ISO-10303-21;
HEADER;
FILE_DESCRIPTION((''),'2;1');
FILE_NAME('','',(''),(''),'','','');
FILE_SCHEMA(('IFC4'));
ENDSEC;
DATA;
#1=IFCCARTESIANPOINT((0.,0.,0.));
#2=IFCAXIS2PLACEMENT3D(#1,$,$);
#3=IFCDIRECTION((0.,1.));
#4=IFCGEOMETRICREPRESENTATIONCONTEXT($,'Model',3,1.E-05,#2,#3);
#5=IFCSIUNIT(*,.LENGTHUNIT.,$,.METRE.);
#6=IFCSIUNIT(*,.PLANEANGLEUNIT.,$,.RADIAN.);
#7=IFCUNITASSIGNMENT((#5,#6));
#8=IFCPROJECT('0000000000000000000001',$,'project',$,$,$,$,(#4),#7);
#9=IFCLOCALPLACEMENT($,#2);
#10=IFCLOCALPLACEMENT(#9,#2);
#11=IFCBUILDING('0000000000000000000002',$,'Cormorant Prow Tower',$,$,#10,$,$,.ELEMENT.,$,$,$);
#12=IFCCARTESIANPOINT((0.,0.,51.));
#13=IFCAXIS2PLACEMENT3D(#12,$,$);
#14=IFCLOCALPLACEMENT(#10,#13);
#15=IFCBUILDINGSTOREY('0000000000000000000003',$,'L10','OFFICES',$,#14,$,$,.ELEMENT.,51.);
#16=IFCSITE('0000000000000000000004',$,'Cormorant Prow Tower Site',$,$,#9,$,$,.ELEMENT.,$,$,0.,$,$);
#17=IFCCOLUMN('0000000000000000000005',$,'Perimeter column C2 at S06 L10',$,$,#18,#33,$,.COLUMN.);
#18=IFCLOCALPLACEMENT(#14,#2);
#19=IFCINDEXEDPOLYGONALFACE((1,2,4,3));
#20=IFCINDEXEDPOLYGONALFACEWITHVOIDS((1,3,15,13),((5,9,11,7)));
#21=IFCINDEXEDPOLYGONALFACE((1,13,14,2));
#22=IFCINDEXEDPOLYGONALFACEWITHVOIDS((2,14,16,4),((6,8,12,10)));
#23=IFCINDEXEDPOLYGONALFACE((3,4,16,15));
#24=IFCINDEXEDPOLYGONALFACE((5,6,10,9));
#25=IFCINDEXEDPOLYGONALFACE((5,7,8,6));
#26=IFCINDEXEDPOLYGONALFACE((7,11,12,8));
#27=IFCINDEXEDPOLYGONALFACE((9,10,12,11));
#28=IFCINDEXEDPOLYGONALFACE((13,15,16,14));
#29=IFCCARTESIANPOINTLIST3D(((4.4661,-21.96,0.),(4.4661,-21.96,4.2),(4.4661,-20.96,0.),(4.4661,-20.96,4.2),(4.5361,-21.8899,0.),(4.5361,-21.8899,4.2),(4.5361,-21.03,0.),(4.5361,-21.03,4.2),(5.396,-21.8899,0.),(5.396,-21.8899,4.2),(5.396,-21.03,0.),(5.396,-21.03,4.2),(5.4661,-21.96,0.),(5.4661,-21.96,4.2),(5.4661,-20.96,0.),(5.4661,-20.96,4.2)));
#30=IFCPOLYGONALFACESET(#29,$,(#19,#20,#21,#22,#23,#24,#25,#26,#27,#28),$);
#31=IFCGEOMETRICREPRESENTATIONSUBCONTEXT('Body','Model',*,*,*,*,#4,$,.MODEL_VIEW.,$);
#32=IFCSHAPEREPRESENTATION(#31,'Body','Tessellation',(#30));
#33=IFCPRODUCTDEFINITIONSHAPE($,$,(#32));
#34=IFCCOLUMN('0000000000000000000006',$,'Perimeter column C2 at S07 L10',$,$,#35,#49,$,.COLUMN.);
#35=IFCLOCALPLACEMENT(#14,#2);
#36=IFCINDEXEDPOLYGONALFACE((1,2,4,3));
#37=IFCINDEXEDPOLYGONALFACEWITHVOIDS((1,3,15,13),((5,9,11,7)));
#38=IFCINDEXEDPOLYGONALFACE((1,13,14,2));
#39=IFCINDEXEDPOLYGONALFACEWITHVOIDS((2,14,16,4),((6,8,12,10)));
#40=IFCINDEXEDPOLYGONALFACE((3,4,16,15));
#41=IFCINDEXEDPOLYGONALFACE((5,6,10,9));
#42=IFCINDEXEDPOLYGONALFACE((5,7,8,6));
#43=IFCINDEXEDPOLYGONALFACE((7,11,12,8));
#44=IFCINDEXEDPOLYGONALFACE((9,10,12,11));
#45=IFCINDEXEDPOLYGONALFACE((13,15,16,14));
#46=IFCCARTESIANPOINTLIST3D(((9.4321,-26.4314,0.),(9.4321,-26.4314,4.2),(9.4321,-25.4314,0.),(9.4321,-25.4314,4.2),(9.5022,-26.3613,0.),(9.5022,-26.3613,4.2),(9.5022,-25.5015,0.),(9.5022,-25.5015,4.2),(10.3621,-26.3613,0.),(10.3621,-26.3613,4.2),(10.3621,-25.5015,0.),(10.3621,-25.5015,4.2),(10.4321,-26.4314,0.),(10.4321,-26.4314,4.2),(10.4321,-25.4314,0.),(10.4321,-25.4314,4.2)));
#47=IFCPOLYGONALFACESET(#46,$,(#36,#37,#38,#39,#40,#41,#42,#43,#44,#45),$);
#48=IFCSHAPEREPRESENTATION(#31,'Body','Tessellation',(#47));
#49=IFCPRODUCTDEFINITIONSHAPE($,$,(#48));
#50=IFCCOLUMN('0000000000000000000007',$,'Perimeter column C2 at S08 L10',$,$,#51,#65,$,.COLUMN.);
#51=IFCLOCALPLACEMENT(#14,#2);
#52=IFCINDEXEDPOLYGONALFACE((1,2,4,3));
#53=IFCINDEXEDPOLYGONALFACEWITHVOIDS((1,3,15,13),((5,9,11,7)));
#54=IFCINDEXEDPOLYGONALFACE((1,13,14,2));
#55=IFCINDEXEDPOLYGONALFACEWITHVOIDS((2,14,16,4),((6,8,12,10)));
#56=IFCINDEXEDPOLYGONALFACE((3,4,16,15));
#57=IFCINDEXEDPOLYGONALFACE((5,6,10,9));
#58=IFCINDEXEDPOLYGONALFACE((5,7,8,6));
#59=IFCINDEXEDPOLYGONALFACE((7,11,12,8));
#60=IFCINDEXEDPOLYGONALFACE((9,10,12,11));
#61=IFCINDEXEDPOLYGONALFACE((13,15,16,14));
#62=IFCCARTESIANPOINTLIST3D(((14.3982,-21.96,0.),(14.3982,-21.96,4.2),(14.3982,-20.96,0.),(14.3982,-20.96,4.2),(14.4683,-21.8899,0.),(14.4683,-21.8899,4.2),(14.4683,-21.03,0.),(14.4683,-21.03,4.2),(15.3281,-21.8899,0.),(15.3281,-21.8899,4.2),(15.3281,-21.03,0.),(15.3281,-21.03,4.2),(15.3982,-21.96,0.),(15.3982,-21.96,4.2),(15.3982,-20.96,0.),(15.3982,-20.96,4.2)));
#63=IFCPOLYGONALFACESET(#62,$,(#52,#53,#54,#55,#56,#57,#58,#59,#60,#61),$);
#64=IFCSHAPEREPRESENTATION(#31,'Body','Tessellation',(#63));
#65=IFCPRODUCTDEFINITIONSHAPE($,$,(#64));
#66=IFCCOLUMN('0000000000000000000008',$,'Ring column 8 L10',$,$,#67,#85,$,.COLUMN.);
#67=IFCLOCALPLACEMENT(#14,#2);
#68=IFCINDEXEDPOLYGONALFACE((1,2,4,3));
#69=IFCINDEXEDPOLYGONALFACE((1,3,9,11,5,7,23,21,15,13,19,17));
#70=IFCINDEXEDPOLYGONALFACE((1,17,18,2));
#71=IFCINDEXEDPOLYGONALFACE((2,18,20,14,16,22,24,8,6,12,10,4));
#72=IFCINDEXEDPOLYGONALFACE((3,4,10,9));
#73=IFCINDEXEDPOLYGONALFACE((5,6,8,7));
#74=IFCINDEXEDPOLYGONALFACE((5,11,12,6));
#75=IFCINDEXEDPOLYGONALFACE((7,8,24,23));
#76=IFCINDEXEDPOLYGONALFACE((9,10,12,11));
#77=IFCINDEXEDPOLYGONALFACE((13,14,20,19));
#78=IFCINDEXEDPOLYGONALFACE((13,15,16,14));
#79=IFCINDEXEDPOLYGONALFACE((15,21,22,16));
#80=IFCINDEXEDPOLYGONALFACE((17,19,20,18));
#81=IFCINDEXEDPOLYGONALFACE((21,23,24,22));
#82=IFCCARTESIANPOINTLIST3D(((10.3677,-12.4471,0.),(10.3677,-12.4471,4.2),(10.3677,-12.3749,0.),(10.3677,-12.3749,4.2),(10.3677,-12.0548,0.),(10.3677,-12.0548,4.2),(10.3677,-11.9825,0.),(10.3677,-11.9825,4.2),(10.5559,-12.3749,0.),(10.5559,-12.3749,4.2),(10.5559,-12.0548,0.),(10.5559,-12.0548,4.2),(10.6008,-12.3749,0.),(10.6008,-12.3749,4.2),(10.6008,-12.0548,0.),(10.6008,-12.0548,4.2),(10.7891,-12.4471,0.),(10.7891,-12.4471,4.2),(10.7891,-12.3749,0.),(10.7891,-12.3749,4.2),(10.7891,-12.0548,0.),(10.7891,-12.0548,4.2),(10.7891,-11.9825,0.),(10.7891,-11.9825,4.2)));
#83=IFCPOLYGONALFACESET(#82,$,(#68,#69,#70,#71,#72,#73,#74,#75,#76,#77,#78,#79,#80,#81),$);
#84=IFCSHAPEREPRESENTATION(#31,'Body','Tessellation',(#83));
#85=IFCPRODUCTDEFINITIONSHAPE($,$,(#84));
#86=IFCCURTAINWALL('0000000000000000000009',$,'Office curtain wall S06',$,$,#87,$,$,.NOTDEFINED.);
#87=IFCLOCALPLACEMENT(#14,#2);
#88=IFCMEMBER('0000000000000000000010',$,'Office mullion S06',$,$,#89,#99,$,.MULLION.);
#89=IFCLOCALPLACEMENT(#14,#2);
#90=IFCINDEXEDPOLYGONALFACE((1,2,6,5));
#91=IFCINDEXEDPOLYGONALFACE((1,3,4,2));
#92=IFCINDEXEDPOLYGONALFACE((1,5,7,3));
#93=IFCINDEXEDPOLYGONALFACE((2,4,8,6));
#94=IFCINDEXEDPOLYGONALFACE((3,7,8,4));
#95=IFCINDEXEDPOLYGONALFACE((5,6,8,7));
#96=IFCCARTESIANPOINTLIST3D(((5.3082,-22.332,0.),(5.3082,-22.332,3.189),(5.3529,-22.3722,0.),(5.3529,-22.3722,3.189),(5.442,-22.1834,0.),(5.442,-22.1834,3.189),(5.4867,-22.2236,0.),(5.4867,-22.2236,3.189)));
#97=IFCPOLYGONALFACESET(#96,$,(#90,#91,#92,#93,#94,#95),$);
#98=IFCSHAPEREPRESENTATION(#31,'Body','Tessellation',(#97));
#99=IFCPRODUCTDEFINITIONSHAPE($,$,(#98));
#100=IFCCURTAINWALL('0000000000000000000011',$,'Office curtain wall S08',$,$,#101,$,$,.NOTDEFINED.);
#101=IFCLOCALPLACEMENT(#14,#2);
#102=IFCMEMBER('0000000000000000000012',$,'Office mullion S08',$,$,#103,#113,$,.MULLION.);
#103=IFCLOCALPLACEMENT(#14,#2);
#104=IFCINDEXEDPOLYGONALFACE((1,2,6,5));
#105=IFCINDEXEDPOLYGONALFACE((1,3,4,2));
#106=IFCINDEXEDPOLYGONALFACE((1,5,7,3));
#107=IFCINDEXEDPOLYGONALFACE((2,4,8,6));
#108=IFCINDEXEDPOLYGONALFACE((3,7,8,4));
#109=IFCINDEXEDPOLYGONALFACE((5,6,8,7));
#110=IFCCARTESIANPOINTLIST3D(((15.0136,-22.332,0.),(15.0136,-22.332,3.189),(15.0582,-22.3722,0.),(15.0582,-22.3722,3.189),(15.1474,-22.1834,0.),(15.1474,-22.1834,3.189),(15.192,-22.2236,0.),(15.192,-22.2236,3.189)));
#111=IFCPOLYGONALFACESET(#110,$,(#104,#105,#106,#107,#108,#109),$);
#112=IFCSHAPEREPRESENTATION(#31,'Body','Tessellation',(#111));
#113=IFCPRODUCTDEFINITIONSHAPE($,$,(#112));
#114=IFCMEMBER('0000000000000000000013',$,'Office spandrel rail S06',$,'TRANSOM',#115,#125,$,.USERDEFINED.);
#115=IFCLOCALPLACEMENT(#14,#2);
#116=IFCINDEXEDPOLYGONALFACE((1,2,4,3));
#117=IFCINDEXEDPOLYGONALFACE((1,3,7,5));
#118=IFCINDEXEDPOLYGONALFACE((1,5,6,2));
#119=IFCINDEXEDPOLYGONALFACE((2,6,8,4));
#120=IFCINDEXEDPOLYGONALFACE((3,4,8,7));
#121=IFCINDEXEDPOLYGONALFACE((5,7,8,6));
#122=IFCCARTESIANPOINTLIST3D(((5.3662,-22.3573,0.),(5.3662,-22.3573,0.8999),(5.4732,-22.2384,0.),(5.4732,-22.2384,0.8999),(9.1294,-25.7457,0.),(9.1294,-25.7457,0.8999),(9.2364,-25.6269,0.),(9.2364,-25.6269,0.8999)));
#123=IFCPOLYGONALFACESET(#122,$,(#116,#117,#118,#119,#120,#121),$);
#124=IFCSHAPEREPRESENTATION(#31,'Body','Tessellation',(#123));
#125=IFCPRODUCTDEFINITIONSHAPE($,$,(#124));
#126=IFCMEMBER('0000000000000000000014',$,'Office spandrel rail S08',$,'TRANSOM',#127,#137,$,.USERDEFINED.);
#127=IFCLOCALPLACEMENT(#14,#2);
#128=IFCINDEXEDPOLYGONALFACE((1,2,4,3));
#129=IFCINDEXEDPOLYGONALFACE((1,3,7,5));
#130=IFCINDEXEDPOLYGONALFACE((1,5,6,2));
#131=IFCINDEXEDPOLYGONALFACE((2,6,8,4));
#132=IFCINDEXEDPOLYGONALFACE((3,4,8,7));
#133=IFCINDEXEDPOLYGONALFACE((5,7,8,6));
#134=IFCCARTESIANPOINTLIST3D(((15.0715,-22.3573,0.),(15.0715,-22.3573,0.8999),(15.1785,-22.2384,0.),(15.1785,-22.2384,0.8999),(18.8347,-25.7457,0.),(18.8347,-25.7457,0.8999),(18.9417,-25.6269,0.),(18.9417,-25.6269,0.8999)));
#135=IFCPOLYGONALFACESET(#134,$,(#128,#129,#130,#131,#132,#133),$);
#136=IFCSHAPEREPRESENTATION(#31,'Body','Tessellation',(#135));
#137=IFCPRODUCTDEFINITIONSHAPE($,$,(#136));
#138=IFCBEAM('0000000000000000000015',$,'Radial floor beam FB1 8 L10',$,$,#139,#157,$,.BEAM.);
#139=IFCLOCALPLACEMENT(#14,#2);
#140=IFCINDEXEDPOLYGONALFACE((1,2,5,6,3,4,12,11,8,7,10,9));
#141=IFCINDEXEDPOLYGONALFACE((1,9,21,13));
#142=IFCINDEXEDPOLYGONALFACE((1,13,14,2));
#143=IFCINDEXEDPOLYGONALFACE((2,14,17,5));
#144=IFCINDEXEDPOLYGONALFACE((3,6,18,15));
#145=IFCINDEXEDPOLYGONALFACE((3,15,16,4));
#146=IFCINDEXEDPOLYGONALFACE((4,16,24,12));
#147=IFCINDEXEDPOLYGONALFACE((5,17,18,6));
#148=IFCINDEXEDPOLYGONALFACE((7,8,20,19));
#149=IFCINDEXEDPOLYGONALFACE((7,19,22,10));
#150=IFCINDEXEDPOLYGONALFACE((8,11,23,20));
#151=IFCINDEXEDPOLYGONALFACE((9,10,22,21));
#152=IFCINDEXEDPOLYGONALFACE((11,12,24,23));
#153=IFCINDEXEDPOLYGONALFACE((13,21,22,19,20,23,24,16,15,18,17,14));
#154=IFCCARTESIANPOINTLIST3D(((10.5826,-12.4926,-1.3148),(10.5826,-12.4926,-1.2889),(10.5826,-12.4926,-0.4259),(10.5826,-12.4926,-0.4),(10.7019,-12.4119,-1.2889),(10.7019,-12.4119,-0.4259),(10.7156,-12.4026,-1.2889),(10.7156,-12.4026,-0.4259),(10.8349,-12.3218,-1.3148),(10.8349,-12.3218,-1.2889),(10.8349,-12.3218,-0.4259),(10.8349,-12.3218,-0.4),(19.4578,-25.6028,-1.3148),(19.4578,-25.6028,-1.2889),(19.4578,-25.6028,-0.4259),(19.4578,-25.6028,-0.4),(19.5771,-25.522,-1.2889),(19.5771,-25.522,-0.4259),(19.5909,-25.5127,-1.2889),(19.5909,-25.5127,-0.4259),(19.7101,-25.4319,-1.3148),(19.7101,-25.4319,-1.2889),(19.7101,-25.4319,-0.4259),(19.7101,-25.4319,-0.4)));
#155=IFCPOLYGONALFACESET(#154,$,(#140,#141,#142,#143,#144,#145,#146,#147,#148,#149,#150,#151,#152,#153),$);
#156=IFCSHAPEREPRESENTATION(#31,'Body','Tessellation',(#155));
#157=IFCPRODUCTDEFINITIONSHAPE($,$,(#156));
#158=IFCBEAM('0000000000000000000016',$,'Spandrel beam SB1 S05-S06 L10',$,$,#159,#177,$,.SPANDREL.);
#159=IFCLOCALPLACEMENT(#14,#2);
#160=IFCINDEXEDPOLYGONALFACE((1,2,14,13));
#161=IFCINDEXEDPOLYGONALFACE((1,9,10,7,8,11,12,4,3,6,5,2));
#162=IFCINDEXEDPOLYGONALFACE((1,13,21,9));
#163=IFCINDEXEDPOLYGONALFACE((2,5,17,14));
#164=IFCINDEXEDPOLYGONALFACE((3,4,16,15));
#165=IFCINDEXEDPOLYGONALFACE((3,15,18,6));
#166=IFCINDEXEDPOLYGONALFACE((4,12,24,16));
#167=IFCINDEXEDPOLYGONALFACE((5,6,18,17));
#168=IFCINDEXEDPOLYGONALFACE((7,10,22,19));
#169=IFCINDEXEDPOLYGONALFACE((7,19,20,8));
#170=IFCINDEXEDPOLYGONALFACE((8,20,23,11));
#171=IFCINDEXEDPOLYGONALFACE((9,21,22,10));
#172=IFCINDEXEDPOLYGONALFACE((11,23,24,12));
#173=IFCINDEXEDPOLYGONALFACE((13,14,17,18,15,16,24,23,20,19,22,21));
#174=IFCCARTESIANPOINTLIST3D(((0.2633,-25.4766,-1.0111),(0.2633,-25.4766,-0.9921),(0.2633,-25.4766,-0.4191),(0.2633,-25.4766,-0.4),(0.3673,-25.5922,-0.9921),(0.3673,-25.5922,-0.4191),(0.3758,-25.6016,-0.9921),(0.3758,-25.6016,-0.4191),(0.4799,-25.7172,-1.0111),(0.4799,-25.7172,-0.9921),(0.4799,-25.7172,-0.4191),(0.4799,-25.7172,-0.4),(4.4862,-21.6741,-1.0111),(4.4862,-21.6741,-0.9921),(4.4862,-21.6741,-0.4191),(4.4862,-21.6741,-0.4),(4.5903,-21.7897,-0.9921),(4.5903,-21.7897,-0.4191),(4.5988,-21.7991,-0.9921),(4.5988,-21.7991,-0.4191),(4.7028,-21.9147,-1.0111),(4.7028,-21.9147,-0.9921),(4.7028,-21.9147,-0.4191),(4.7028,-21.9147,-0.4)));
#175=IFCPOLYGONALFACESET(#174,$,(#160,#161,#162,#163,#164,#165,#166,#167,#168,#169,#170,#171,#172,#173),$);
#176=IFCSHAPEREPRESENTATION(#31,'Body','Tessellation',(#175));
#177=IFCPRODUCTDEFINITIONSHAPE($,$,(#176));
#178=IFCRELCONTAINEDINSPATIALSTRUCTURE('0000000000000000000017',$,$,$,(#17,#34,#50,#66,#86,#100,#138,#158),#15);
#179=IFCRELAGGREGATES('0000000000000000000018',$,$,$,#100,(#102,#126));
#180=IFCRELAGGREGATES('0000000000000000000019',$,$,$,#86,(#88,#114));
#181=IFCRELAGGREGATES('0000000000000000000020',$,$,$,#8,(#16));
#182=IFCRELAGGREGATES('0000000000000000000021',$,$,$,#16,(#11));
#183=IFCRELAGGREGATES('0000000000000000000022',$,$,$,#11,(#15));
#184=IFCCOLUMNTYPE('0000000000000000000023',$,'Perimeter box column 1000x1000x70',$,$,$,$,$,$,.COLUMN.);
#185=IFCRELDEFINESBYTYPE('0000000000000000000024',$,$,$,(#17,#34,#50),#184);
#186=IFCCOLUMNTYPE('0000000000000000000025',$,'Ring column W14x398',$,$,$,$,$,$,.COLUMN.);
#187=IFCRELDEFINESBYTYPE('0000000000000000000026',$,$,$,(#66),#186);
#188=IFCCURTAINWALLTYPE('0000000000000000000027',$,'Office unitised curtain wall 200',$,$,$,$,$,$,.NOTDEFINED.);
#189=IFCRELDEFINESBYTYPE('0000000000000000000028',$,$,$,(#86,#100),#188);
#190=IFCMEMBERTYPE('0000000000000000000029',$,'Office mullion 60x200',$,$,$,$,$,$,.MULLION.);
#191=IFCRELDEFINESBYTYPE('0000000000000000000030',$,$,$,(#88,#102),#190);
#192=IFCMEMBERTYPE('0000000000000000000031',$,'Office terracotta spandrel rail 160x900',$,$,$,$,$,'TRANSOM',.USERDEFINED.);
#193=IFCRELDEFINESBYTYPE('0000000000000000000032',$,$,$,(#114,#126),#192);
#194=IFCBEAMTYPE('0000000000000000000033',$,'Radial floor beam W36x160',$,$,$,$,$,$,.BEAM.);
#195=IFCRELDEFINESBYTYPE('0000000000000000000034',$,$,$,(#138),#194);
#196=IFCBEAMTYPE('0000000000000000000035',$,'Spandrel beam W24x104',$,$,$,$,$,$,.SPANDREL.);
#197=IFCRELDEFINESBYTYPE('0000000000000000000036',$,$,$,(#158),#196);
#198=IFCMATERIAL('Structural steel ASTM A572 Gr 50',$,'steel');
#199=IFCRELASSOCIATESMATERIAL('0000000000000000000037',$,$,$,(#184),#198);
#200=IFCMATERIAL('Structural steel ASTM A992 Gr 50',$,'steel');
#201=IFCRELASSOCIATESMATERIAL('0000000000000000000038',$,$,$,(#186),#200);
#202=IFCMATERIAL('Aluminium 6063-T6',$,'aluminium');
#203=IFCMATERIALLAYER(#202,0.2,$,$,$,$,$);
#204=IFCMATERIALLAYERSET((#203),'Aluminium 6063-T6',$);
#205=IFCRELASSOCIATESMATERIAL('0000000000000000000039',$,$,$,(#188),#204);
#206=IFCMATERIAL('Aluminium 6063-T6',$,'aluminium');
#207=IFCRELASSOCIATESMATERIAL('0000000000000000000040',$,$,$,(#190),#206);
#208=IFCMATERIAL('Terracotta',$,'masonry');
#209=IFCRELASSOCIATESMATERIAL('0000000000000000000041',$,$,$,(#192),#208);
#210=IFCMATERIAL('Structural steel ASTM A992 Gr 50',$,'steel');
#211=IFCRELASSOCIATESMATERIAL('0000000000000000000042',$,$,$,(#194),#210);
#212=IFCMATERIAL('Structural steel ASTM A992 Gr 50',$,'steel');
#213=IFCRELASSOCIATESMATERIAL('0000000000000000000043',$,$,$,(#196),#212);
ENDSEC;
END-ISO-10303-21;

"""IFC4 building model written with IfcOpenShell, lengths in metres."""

from ifc_helpers import new_model, si_unit, direction, frame, origin, origin_2d, place, context, subcontext, project, spatial, rectangle, hollow_rectangle, i_section, extrude, material, layer, layer_set, material_profile, profile_set, type_object, element, aggregate, save


model = new_model("IFC4")

# Units and contexts
model_context = context("Model", 3, precision=1e-05, world=origin(), true_north=direction((0.0, 1.0)))
body_context = subcontext(model_context, "Body", "Model", "MODEL_VIEW")
ifc_project = project(units=[si_unit("LENGTHUNIT", "METRE"), si_unit("PLANEANGLEUNIT", "RADIAN")], contexts=[model_context])

# Site, building, storey
site_placement = place(None, origin())
site = spatial("IfcSite", under=ifc_project, at=site_placement, Name="Cormorant Prow Tower Site", CompositionType="ELEMENT", RefElevation=0.0)
building_placement = place(site_placement, origin())
building = spatial("IfcBuilding", under=site, at=building_placement, Name="Cormorant Prow Tower", CompositionType="ELEMENT")
storey_placement = place(building_placement, frame((0.0, 0.0, 51.0)))
storey = spatial("IfcBuildingStorey", under=building, at=storey_placement, Name="L10", Description="OFFICES", CompositionType="ELEMENT", Elevation=51.0)

# Columns
ifc_material_1 = material(Name="Structural steel ASTM A572 Gr 50", Category="steel")
ifc_material_profile_1 = material_profile(ifc_material_1, hollow_rectangle(XDim=1.0, YDim=1.0, WallThickness=0.0701, at=origin_2d()), Name="Box 1000x1000x70")
ifc_profile_set_1 = profile_set([ifc_material_profile_1], Name="Structural steel ASTM A572 Gr 50")
column_type_1 = type_object("IfcColumnType", Name="Perimeter box column 1000x1000x70", PredefinedType="COLUMN", material=ifc_profile_set_1)
for number, where, z_axis, x_axis, name in (
    (1, (4.9661, -21.46, 0.0), (0.0, 0.0, 1.0), (1.0, 0.0, 0.0), "Perimeter column C2 at S06 L10"),
    (2, (9.9321, -25.9314, 0.0), (0.0, 0.0, 1.0), (1.0, 0.0, 0.0), "Perimeter column C2 at S07 L10"),
    (3, (14.8982, -21.46, 0.0), (0.0, 0.0, 1.0), (1.0, 0.0, 0.0), "Perimeter column C2 at S08 L10"),
):
    element("IfcColumn", number, at=place(storey_placement, frame(where, z_axis=z_axis, x_axis=x_axis)), inside=storey, type_object=column_type_1, Name=name, PredefinedType="COLUMN", context=body_context, shape_type="SweptSolid", body=[
        extrude(hollow_rectangle(XDim=1.0, YDim=1.0, WallThickness=0.0701, at=origin_2d()), origin(), (0.0, 0.0, 1.0), 4.2),
    ])
ifc_material_2 = material(Name="Structural steel ASTM A992 Gr 50", Category="steel")
ifc_material_profile_2 = material_profile(ifc_material_2, i_section(OverallWidth=0.4214, OverallDepth=0.4646, WebThickness=0.0449, FlangeThickness=0.0723, at=origin_2d()), Name="W14x398")
ifc_profile_set_2 = profile_set([ifc_material_profile_2], Name="Structural steel ASTM A992 Gr 50")
column_type_2 = type_object("IfcColumnType", Name="Ring column W14x398", PredefinedType="COLUMN", material=ifc_profile_set_2)
column_placement = place(storey_placement, frame((10.5784, -12.2148, 0.0), z_axis=(0.0, 0.0, 1.0), x_axis=(1.0, 0.0, 0.0)))
element("IfcColumn", 4, at=column_placement, inside=storey, type_object=column_type_2, Name="Ring column 8 L10", PredefinedType="COLUMN", context=body_context, shape_type="SweptSolid", body=[
    extrude(i_section(OverallWidth=0.4214, OverallDepth=0.4646, WebThickness=0.0449, FlangeThickness=0.0723, at=origin_2d()), origin(), (0.0, 0.0, 1.0), 4.2),
])

# Curtain walls, members
ifc_material_3 = material(Name="Aluminium 6063-T6", Category="aluminium")
ifc_layer_1 = layer(ifc_material_3, 0.2)
ifc_layer_set_1 = layer_set([ifc_layer_1], Name="Aluminium 6063-T6")
curtain_wall_type = type_object("IfcCurtainWallType", Name="Office unitised curtain wall 200", PredefinedType="NOTDEFINED", material=ifc_layer_set_1)
curtain_wall_1_placement = place(storey_placement, origin())
curtain_wall_1 = element("IfcCurtainWall", 5, at=curtain_wall_1_placement, inside=storey, type_object=curtain_wall_type, Name="Office curtain wall S06", PredefinedType="NOTDEFINED")
ifc_material_4 = material(Name="Aluminium 6063-T6", Category="aluminium")
ifc_material_profile_3 = material_profile(ifc_material_4, rectangle(XDim=0.2, YDim=0.0601, at=origin_2d()), Name="Office mullion 60x200")
ifc_profile_set_3 = profile_set([ifc_material_profile_3], Name="Aluminium 6063-T6")
member_type_1 = type_object("IfcMemberType", Name="Office mullion 60x200", PredefinedType="MULLION", material=ifc_profile_set_3)
member_1_placement = place(storey_placement, frame((5.3975, -22.2778, 0.0), z_axis=(0.0, 0.0, 1.0), x_axis=(0.669131, 0.743145, 0.0)))
member_1 = element("IfcMember", 6, at=member_1_placement, type_object=member_type_1, Name="Office mullion S06", PredefinedType="MULLION", context=body_context, shape_type="SweptSolid", body=[
    extrude(rectangle(XDim=0.2, YDim=0.0601, at=origin_2d()), origin(), (0.0, 0.0, 1.0), 3.189),
])
curtain_wall_2_placement = place(storey_placement, origin())
curtain_wall_2 = element("IfcCurtainWall", 7, at=curtain_wall_2_placement, inside=storey, type_object=curtain_wall_type, Name="Office curtain wall S08", PredefinedType="NOTDEFINED")
member_2_placement = place(storey_placement, frame((15.1028, -22.2778, 0.0), z_axis=(0.0, 0.0, 1.0), x_axis=(0.669131, 0.743145, 0.0)))
member_2 = element("IfcMember", 8, at=member_2_placement, type_object=member_type_1, Name="Office mullion S08", PredefinedType="MULLION", context=body_context, shape_type="SweptSolid", body=[
    extrude(rectangle(XDim=0.2, YDim=0.0601, at=origin_2d()), origin(), (0.0, 0.0, 1.0), 3.189),
])

# Members
ifc_material_5 = material(Name="Terracotta", Category="masonry")
ifc_material_profile_4 = material_profile(ifc_material_5, rectangle(XDim=0.1599, YDim=0.8999, at=origin_2d()), Name="Office terracotta spandrel rail 160x900")
ifc_profile_set_4 = profile_set([ifc_material_profile_4], Name="Terracotta")
member_type_2 = type_object("IfcMemberType", Name="Office terracotta spandrel rail 160x900", ElementType="TRANSOM", PredefinedType="USERDEFINED", material=ifc_profile_set_4)
member_3_placement = place(storey_placement, frame((5.4197, -22.2979, 0.45), z_axis=(0.743141, -0.669135, 0.0), x_axis=(0.669135, 0.743141, 0.0)))
member_3 = element("IfcMember", 9, at=member_3_placement, type_object=member_type_2, Name="Office spandrel rail S06", ObjectType="TRANSOM", PredefinedType="USERDEFINED", context=body_context, shape_type="SweptSolid", body=[
    extrude(rectangle(XDim=0.1599, YDim=0.8999, at=origin_2d()), origin(), (0.0, 0.0, 1.0), 5.064),
])
member_4_placement = place(storey_placement, frame((15.125, -22.2979, 0.45), z_axis=(0.743141, -0.669135, 0.0), x_axis=(0.669135, 0.743141, 0.0)))
member_4 = element("IfcMember", 10, at=member_4_placement, type_object=member_type_2, Name="Office spandrel rail S08", ObjectType="TRANSOM", PredefinedType="USERDEFINED", context=body_context, shape_type="SweptSolid", body=[
    extrude(rectangle(XDim=0.1599, YDim=0.8999, at=origin_2d()), origin(), (0.0, 0.0, 1.0), 5.064),
])
aggregate(curtain_wall_2, [member_2, member_4])

# Beams
ifc_material_6 = material(Name="Structural steel ASTM A992 Gr 50", Category="steel")
ifc_material_profile_5 = material_profile(ifc_material_6, i_section(OverallWidth=0.3047, OverallDepth=0.9148, WebThickness=0.0166, FlangeThickness=0.0259, at=origin_2d()), Name="W36x160")
ifc_profile_set_5 = profile_set([ifc_material_profile_5], Name="Structural steel ASTM A992 Gr 50")
beam_type_1 = type_object("IfcBeamType", Name="Radial floor beam W36x160", PredefinedType="BEAM", material=ifc_profile_set_5)
beam_placement = place(storey_placement, frame((10.7087, -12.4072, -0.8574), z_axis=(0.560597, -0.828089, 0.0), x_axis=(0.828089, 0.560597, 0.0)))
element("IfcBeam", 11, at=beam_placement, inside=storey, type_object=beam_type_1, Name="Radial floor beam FB1 8 L10", PredefinedType="BEAM", context=body_context, shape_type="SweptSolid", body=[
    extrude(i_section(OverallWidth=0.3047, OverallDepth=0.9148, WebThickness=0.0166, FlangeThickness=0.0259, at=origin_2d()), origin(), (0.0, 0.0, 1.0), 15.8318),
])
ifc_material_7 = material(Name="Structural steel ASTM A992 Gr 50", Category="steel")
ifc_material_profile_6 = material_profile(ifc_material_7, i_section(OverallWidth=0.3237, OverallDepth=0.6111, WebThickness=0.0127, FlangeThickness=0.019, at=origin_2d()), Name="W24x104")
ifc_profile_set_6 = profile_set([ifc_material_profile_6], Name="Structural steel ASTM A992 Gr 50")
beam_type_2 = type_object("IfcBeamType", Name="Spandrel beam W24x104", PredefinedType="SPANDREL", material=ifc_profile_set_6)
for number, where, z_axis, x_axis, name in (
    (12, (0.3716, -25.5969, -0.7056), (0.74313, 0.669147, 0.0), (-0.669147, 0.74313, 0.0), "Spandrel beam SB1 S05-S06 L10"),
):
    element("IfcBeam", number, at=place(storey_placement, frame(where, z_axis=z_axis, x_axis=x_axis)), inside=storey, type_object=beam_type_2, Name=name, PredefinedType="SPANDREL", context=body_context, shape_type="SweptSolid", body=[
        extrude(i_section(OverallWidth=0.3237, OverallDepth=0.6111, WebThickness=0.0127, FlangeThickness=0.019, at=origin_2d()), origin(), (0.0, 0.0, 1.0), 5.6826),
    ])

aggregate(curtain_wall_1, [member_1, member_3])

save(model, "model.ifc")
